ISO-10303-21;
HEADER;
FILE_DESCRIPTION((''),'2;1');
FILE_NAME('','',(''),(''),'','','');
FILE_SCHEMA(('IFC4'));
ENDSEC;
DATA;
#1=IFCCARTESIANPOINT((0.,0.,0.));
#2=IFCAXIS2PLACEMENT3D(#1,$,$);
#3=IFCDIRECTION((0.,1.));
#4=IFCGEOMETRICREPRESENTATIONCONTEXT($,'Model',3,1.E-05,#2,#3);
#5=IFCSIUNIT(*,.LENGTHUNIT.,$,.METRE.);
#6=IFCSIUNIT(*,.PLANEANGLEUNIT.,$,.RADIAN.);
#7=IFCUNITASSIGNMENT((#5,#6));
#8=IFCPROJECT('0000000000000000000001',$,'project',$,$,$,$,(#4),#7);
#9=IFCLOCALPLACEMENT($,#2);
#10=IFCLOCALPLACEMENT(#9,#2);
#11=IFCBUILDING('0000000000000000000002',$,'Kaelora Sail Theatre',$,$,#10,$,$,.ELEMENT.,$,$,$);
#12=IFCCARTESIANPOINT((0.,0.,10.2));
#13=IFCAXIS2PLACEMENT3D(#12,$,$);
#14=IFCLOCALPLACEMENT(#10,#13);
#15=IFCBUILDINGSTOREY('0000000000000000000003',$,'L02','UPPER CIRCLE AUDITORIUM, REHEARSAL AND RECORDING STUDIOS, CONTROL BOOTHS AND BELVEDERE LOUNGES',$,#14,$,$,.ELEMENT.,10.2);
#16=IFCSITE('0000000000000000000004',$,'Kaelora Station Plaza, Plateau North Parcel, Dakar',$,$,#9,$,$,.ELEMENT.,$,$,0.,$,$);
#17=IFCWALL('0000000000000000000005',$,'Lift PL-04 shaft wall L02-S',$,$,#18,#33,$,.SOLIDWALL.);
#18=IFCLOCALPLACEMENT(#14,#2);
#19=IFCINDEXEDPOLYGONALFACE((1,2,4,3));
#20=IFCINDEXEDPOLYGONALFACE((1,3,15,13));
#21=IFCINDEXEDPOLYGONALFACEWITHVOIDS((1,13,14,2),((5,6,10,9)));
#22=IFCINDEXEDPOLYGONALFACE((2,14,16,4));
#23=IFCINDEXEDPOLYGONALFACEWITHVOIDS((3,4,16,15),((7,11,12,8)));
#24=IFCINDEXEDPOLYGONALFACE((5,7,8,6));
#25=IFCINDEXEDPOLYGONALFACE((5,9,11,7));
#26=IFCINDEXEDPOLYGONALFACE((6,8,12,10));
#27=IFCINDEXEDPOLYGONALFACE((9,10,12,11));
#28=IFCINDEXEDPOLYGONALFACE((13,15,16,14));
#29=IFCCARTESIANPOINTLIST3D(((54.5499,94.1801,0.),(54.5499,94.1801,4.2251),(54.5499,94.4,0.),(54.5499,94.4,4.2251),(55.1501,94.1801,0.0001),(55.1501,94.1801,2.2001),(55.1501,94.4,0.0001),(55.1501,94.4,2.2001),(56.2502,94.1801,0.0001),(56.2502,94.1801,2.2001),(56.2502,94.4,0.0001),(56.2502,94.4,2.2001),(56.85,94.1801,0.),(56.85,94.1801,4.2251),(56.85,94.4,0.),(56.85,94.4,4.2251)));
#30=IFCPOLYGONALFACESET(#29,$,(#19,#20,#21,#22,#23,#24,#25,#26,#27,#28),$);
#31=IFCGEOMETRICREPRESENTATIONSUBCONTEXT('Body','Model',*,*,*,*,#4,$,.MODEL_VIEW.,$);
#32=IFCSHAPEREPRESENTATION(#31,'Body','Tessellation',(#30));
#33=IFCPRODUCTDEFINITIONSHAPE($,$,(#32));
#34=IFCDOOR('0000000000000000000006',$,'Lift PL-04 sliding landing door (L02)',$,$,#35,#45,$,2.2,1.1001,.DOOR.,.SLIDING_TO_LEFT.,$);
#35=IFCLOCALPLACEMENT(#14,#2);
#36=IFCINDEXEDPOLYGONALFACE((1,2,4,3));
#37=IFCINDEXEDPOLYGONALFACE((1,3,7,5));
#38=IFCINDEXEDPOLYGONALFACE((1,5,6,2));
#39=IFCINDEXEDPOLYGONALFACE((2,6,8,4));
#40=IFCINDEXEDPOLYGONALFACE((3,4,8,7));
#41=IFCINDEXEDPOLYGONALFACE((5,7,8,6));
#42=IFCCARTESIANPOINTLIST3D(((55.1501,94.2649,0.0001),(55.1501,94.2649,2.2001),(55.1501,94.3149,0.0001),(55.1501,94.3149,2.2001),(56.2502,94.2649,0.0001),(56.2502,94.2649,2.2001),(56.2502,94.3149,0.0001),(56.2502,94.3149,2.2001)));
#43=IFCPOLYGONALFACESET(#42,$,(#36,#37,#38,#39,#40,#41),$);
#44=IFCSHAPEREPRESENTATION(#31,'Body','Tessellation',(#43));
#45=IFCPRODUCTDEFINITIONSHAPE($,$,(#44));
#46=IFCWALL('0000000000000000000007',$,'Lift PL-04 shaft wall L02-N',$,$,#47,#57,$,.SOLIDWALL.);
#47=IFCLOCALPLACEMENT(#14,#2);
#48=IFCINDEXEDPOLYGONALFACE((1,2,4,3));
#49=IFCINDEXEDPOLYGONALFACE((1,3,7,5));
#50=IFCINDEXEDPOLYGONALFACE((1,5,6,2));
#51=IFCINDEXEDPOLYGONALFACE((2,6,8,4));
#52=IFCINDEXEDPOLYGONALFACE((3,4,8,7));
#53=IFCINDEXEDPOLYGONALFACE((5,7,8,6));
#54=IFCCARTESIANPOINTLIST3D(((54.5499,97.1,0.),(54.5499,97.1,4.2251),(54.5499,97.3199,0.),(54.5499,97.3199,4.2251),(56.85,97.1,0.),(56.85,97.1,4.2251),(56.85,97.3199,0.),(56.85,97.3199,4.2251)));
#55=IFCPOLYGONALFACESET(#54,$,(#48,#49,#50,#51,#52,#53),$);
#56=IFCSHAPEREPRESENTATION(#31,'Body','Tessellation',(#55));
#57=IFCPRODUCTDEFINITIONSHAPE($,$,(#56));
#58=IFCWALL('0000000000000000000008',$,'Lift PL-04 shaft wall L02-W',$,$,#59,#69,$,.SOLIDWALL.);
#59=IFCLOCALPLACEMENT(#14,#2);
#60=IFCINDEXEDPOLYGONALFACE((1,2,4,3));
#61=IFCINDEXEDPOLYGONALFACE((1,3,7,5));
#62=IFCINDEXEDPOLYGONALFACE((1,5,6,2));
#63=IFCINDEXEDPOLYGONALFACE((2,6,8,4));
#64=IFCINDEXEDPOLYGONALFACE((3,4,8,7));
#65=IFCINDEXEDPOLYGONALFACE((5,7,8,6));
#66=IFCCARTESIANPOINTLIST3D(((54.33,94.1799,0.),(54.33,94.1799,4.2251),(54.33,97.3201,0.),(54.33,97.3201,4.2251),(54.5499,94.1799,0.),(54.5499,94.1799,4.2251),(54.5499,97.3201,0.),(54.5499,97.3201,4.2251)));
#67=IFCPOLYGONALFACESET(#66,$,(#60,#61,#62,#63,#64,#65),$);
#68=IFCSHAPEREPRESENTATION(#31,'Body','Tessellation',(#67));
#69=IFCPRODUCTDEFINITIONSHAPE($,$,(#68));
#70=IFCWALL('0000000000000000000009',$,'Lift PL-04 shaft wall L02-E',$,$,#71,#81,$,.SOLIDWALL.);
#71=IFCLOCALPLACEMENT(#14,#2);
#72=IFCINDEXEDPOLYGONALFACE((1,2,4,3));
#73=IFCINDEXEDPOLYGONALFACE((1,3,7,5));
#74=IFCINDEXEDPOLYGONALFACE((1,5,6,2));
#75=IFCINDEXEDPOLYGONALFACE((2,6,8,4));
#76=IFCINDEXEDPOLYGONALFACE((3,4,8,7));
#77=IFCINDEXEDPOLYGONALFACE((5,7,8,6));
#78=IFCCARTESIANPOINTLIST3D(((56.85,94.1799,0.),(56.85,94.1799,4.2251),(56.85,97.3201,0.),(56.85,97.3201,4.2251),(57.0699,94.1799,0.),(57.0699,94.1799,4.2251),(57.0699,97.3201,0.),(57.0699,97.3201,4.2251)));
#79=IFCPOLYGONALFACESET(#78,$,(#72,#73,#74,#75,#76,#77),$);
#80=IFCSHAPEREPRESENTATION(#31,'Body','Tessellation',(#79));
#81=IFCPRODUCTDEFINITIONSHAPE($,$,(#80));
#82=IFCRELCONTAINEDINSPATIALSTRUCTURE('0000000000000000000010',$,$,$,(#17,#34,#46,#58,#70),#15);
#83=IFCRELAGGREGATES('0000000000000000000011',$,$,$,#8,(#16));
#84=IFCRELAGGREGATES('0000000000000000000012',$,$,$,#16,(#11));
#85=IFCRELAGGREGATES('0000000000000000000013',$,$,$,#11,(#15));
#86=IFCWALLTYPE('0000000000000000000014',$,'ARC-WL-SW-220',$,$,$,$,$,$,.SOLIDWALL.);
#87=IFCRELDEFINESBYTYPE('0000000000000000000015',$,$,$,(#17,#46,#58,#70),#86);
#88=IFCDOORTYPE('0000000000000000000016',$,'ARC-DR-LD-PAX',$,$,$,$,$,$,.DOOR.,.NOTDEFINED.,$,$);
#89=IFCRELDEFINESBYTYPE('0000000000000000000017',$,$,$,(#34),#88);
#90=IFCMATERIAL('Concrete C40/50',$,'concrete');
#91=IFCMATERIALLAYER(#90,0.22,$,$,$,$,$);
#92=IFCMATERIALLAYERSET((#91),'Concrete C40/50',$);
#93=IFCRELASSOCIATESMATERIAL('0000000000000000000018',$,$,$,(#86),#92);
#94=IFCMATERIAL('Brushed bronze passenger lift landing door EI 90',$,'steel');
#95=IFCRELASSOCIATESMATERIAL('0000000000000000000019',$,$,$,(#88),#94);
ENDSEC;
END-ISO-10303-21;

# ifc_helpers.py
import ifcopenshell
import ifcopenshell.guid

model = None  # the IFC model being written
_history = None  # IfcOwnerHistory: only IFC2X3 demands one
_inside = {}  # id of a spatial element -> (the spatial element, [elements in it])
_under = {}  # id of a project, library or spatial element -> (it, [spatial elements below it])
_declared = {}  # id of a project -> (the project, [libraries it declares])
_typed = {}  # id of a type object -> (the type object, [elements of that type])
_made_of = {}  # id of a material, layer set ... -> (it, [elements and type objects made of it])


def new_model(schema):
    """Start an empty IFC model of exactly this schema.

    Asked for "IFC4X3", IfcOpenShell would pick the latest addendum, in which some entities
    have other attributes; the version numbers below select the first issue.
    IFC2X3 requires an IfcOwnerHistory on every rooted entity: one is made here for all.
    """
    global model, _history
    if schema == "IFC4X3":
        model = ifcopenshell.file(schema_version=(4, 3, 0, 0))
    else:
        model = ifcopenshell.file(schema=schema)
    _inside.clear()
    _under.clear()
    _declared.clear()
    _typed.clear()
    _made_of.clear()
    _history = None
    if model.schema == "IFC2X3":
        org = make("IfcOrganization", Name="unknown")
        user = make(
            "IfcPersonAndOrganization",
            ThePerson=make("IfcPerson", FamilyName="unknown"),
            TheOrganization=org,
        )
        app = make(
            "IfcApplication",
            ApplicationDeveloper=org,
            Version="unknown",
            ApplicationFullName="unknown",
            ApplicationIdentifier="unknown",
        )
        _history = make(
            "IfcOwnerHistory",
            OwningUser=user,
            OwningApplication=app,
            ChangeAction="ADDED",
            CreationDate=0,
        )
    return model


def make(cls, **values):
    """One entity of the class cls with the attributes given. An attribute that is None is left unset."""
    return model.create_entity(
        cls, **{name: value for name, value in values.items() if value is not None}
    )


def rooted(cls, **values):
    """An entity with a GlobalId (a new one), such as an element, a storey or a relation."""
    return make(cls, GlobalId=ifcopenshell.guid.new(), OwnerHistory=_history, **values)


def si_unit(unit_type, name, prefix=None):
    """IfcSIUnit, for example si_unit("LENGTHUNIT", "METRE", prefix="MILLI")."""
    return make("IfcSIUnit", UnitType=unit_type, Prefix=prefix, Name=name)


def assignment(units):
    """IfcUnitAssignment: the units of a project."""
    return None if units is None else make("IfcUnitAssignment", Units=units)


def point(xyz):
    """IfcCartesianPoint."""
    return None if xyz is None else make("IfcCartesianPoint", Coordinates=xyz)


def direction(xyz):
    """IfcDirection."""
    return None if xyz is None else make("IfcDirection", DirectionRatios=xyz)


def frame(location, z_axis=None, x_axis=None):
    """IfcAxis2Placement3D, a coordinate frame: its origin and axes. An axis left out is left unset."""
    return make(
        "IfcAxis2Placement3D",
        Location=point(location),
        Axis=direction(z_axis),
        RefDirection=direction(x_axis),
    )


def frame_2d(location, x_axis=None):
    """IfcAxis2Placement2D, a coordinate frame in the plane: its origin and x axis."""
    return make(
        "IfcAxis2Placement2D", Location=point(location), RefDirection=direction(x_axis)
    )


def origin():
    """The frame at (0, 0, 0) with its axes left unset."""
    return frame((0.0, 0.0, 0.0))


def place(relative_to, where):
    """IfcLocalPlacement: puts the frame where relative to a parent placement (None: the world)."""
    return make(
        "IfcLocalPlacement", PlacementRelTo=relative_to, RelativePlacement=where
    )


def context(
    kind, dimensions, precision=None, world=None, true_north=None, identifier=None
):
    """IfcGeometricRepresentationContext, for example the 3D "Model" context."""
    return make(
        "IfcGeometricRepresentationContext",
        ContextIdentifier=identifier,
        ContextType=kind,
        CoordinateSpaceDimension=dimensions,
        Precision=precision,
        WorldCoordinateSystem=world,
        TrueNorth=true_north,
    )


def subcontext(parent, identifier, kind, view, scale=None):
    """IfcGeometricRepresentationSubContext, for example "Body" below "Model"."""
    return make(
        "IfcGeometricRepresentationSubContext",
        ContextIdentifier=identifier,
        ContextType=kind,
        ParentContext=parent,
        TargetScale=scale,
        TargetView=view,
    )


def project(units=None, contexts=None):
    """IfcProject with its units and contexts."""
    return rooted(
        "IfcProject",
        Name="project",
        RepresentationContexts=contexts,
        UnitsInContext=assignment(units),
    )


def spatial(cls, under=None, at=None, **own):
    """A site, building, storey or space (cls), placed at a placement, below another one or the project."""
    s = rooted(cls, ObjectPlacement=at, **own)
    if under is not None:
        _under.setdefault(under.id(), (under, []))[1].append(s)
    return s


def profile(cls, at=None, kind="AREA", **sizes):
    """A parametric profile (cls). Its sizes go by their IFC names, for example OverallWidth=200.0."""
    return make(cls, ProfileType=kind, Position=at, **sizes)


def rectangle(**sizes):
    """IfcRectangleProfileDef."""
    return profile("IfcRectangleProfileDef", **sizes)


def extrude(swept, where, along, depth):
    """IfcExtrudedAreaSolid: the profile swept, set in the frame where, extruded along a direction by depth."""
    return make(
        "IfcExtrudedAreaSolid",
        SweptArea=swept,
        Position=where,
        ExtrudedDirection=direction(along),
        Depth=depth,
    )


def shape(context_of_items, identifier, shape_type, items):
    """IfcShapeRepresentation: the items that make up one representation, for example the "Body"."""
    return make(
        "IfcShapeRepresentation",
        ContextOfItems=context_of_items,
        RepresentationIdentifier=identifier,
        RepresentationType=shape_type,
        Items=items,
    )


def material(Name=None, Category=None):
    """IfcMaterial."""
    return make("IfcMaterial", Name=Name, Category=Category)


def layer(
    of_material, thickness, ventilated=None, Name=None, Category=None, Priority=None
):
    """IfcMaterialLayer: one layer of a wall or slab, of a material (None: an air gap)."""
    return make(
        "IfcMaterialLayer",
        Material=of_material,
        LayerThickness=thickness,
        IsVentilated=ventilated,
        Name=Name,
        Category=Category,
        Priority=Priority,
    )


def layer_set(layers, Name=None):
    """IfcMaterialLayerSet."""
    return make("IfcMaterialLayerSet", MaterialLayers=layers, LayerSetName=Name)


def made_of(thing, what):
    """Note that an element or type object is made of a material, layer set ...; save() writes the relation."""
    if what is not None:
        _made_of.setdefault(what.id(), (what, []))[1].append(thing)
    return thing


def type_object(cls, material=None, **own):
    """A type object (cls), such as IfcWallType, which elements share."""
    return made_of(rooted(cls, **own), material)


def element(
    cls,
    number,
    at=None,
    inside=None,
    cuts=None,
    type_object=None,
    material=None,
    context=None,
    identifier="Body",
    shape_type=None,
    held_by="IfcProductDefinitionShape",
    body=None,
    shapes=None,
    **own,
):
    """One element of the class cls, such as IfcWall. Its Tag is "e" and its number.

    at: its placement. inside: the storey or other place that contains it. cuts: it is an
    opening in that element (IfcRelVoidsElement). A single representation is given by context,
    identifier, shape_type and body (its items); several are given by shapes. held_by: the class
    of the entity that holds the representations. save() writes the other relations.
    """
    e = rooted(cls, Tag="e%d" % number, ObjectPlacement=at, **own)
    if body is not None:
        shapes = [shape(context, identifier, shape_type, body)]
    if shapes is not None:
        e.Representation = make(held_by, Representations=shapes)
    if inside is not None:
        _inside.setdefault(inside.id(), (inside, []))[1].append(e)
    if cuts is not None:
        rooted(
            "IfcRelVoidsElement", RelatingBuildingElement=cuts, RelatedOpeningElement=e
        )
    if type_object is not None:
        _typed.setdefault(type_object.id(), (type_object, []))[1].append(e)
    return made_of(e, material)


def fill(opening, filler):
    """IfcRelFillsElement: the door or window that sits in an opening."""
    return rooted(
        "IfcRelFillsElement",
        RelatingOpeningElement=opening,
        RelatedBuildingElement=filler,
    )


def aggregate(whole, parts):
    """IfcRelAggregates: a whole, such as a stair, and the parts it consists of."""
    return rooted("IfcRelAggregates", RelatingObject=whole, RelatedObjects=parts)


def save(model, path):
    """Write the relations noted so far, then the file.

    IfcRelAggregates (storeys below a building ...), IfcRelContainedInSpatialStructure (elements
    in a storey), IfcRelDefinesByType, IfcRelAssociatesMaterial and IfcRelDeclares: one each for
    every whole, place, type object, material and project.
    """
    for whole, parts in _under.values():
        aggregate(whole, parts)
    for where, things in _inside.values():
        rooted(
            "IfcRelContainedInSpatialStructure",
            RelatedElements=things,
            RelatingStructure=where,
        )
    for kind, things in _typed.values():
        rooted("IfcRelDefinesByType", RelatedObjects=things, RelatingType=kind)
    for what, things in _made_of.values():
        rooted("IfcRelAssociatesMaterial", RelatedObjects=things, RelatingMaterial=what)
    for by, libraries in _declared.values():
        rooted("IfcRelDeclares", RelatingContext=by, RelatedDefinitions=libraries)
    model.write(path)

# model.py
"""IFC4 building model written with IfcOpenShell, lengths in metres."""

from ifc_helpers import new_model, si_unit, direction, frame, frame_2d, origin, place, context, subcontext, project, spatial, rectangle, extrude, material, layer, layer_set, type_object, element, fill, save


model = new_model("IFC4")

# Units and contexts
model_context = context("Model", 3, precision=1e-05, world=origin(), true_north=direction((0.0, 1.0)))
body_context = subcontext(model_context, "Body", "Model", "MODEL_VIEW")
ifc_project = project(units=[si_unit("LENGTHUNIT", "METRE"), si_unit("PLANEANGLEUNIT", "RADIAN")], contexts=[model_context])

# Site, building, storey
site_placement = place(None, origin())
site = spatial("IfcSite", under=ifc_project, at=site_placement, Name="Kaelora Station Plaza, Plateau North Parcel, Dakar", CompositionType="ELEMENT", RefElevation=0.0)
building_placement = place(site_placement, origin())
building = spatial("IfcBuilding", under=site, at=building_placement, Name="Kaelora Sail Theatre", CompositionType="ELEMENT")
storey_placement = place(building_placement, frame((0.0, 0.0, 10.2)))
storey = spatial("IfcBuildingStorey", under=building, at=storey_placement, Name="L02", Description="UPPER CIRCLE AUDITORIUM, REHEARSAL AND RECORDING STUDIOS, CONTROL BOOTHS AND BELVEDERE LOUNGES", CompositionType="ELEMENT", Elevation=10.2)

# Shared definitions
ifc_material_1 = material(Name="Concrete C40/50", Category="concrete")
ifc_layer_1 = layer(ifc_material_1, 0.22)
ifc_layer_set_1 = layer_set([ifc_layer_1], Name="Concrete C40/50")
wall_type_1 = type_object("IfcWallType", Name="ARC-WL-SW-220", PredefinedType="SOLIDWALL", material=ifc_layer_set_1)
ifc_material_2 = material(Name="Brushed bronze passenger lift landing door EI 90", Category="steel")
door_type_1 = type_object("IfcDoorType", Name="ARC-DR-LD-PAX", OperationType="NOTDEFINED", PredefinedType="DOOR", material=ifc_material_2)

# Wall, opening, door
wall_1_placement = place(storey_placement, frame((54.55, 94.29, 0.0), z_axis=(0.0, 0.0, 1.0), x_axis=(1.0, 0.0, 0.0)))
wall_1 = element("IfcWall", 1, at=wall_1_placement, inside=storey, type_object=wall_type_1, Name="Lift PL-04 shaft wall L02-S", PredefinedType="SOLIDWALL", context=body_context, shape_type="SweptSolid", body=[
    extrude(rectangle(XDim=2.3, YDim=0.22, at=frame_2d((1.1499, 0.0))), origin(), (0.0, 0.0, 1.0), 4.2251),
])
opening_1_placement = place(wall_1_placement, frame((0.6001, 0.0, 0.0)))
opening_1 = element("IfcOpeningElement", 2, at=opening_1_placement, cuts=wall_1, PredefinedType="OPENING", context=body_context, shape_type="SweptSolid", body=[
    extrude(rectangle(XDim=1.1001, YDim=2.2, at=frame_2d((0.55, 1.1001))), frame((0.0, 0.1199, 0.0), z_axis=(0.0, -1.0, 0.0), x_axis=(1.0, 0.0, 0.0)), (0.0, 0.0, 1.0), 0.24),
])
door_1_placement = place(opening_1_placement, origin())
door_1 = element("IfcDoor", 3, at=door_1_placement, inside=storey, type_object=door_type_1, Name="Lift PL-04 sliding landing door (L02)", OperationType="SLIDING_TO_LEFT", OverallHeight=2.2, OverallWidth=1.1001, PredefinedType="DOOR", context=body_context, shape_type="SweptSolid", body=[
    extrude(rectangle(XDim=1.1001, YDim=2.2, at=frame_2d((0.55, 1.1001))), frame((0.0, 0.0249, 0.0), z_axis=(0.0, -1.0, 0.0), x_axis=(1.0, 0.0, 0.0)), (0.0, 0.0, 1.0), 0.05),
])
fill(opening_1, door_1)

# Walls
wall_2_placement = place(storey_placement, frame((54.55, 97.21, 0.0), z_axis=(0.0, 0.0, 1.0), x_axis=(1.0, 0.0, 0.0)))
element("IfcWall", 4, at=wall_2_placement, inside=storey, type_object=wall_type_1, Name="Lift PL-04 shaft wall L02-N", PredefinedType="SOLIDWALL", context=body_context, shape_type="SweptSolid", body=[
    extrude(rectangle(XDim=2.3, YDim=0.22, at=frame_2d((1.1499, 0.0))), origin(), (0.0, 0.0, 1.0), 4.2251),
])
for number, where, z_axis, x_axis, name in (
    (5, (54.4399, 94.1799, 0.0), (0.0, 0.0, 1.0), (0.0, 1.0, 0.0), "Lift PL-04 shaft wall L02-W"),
    (6, (56.96, 94.1799, 0.0), (0.0, 0.0, 1.0), (0.0, 1.0, 0.0), "Lift PL-04 shaft wall L02-E"),
):
    element("IfcWall", number, at=place(storey_placement, frame(where, z_axis=z_axis, x_axis=x_axis)), inside=storey, type_object=wall_type_1, Name=name, PredefinedType="SOLIDWALL", context=body_context, shape_type="SweptSolid", body=[
        extrude(rectangle(XDim=3.1401, YDim=0.22, at=frame_2d((1.5701, 0.0))), origin(), (0.0, 0.0, 1.0), 4.2251),
    ])

save(model, "model.ifc")
